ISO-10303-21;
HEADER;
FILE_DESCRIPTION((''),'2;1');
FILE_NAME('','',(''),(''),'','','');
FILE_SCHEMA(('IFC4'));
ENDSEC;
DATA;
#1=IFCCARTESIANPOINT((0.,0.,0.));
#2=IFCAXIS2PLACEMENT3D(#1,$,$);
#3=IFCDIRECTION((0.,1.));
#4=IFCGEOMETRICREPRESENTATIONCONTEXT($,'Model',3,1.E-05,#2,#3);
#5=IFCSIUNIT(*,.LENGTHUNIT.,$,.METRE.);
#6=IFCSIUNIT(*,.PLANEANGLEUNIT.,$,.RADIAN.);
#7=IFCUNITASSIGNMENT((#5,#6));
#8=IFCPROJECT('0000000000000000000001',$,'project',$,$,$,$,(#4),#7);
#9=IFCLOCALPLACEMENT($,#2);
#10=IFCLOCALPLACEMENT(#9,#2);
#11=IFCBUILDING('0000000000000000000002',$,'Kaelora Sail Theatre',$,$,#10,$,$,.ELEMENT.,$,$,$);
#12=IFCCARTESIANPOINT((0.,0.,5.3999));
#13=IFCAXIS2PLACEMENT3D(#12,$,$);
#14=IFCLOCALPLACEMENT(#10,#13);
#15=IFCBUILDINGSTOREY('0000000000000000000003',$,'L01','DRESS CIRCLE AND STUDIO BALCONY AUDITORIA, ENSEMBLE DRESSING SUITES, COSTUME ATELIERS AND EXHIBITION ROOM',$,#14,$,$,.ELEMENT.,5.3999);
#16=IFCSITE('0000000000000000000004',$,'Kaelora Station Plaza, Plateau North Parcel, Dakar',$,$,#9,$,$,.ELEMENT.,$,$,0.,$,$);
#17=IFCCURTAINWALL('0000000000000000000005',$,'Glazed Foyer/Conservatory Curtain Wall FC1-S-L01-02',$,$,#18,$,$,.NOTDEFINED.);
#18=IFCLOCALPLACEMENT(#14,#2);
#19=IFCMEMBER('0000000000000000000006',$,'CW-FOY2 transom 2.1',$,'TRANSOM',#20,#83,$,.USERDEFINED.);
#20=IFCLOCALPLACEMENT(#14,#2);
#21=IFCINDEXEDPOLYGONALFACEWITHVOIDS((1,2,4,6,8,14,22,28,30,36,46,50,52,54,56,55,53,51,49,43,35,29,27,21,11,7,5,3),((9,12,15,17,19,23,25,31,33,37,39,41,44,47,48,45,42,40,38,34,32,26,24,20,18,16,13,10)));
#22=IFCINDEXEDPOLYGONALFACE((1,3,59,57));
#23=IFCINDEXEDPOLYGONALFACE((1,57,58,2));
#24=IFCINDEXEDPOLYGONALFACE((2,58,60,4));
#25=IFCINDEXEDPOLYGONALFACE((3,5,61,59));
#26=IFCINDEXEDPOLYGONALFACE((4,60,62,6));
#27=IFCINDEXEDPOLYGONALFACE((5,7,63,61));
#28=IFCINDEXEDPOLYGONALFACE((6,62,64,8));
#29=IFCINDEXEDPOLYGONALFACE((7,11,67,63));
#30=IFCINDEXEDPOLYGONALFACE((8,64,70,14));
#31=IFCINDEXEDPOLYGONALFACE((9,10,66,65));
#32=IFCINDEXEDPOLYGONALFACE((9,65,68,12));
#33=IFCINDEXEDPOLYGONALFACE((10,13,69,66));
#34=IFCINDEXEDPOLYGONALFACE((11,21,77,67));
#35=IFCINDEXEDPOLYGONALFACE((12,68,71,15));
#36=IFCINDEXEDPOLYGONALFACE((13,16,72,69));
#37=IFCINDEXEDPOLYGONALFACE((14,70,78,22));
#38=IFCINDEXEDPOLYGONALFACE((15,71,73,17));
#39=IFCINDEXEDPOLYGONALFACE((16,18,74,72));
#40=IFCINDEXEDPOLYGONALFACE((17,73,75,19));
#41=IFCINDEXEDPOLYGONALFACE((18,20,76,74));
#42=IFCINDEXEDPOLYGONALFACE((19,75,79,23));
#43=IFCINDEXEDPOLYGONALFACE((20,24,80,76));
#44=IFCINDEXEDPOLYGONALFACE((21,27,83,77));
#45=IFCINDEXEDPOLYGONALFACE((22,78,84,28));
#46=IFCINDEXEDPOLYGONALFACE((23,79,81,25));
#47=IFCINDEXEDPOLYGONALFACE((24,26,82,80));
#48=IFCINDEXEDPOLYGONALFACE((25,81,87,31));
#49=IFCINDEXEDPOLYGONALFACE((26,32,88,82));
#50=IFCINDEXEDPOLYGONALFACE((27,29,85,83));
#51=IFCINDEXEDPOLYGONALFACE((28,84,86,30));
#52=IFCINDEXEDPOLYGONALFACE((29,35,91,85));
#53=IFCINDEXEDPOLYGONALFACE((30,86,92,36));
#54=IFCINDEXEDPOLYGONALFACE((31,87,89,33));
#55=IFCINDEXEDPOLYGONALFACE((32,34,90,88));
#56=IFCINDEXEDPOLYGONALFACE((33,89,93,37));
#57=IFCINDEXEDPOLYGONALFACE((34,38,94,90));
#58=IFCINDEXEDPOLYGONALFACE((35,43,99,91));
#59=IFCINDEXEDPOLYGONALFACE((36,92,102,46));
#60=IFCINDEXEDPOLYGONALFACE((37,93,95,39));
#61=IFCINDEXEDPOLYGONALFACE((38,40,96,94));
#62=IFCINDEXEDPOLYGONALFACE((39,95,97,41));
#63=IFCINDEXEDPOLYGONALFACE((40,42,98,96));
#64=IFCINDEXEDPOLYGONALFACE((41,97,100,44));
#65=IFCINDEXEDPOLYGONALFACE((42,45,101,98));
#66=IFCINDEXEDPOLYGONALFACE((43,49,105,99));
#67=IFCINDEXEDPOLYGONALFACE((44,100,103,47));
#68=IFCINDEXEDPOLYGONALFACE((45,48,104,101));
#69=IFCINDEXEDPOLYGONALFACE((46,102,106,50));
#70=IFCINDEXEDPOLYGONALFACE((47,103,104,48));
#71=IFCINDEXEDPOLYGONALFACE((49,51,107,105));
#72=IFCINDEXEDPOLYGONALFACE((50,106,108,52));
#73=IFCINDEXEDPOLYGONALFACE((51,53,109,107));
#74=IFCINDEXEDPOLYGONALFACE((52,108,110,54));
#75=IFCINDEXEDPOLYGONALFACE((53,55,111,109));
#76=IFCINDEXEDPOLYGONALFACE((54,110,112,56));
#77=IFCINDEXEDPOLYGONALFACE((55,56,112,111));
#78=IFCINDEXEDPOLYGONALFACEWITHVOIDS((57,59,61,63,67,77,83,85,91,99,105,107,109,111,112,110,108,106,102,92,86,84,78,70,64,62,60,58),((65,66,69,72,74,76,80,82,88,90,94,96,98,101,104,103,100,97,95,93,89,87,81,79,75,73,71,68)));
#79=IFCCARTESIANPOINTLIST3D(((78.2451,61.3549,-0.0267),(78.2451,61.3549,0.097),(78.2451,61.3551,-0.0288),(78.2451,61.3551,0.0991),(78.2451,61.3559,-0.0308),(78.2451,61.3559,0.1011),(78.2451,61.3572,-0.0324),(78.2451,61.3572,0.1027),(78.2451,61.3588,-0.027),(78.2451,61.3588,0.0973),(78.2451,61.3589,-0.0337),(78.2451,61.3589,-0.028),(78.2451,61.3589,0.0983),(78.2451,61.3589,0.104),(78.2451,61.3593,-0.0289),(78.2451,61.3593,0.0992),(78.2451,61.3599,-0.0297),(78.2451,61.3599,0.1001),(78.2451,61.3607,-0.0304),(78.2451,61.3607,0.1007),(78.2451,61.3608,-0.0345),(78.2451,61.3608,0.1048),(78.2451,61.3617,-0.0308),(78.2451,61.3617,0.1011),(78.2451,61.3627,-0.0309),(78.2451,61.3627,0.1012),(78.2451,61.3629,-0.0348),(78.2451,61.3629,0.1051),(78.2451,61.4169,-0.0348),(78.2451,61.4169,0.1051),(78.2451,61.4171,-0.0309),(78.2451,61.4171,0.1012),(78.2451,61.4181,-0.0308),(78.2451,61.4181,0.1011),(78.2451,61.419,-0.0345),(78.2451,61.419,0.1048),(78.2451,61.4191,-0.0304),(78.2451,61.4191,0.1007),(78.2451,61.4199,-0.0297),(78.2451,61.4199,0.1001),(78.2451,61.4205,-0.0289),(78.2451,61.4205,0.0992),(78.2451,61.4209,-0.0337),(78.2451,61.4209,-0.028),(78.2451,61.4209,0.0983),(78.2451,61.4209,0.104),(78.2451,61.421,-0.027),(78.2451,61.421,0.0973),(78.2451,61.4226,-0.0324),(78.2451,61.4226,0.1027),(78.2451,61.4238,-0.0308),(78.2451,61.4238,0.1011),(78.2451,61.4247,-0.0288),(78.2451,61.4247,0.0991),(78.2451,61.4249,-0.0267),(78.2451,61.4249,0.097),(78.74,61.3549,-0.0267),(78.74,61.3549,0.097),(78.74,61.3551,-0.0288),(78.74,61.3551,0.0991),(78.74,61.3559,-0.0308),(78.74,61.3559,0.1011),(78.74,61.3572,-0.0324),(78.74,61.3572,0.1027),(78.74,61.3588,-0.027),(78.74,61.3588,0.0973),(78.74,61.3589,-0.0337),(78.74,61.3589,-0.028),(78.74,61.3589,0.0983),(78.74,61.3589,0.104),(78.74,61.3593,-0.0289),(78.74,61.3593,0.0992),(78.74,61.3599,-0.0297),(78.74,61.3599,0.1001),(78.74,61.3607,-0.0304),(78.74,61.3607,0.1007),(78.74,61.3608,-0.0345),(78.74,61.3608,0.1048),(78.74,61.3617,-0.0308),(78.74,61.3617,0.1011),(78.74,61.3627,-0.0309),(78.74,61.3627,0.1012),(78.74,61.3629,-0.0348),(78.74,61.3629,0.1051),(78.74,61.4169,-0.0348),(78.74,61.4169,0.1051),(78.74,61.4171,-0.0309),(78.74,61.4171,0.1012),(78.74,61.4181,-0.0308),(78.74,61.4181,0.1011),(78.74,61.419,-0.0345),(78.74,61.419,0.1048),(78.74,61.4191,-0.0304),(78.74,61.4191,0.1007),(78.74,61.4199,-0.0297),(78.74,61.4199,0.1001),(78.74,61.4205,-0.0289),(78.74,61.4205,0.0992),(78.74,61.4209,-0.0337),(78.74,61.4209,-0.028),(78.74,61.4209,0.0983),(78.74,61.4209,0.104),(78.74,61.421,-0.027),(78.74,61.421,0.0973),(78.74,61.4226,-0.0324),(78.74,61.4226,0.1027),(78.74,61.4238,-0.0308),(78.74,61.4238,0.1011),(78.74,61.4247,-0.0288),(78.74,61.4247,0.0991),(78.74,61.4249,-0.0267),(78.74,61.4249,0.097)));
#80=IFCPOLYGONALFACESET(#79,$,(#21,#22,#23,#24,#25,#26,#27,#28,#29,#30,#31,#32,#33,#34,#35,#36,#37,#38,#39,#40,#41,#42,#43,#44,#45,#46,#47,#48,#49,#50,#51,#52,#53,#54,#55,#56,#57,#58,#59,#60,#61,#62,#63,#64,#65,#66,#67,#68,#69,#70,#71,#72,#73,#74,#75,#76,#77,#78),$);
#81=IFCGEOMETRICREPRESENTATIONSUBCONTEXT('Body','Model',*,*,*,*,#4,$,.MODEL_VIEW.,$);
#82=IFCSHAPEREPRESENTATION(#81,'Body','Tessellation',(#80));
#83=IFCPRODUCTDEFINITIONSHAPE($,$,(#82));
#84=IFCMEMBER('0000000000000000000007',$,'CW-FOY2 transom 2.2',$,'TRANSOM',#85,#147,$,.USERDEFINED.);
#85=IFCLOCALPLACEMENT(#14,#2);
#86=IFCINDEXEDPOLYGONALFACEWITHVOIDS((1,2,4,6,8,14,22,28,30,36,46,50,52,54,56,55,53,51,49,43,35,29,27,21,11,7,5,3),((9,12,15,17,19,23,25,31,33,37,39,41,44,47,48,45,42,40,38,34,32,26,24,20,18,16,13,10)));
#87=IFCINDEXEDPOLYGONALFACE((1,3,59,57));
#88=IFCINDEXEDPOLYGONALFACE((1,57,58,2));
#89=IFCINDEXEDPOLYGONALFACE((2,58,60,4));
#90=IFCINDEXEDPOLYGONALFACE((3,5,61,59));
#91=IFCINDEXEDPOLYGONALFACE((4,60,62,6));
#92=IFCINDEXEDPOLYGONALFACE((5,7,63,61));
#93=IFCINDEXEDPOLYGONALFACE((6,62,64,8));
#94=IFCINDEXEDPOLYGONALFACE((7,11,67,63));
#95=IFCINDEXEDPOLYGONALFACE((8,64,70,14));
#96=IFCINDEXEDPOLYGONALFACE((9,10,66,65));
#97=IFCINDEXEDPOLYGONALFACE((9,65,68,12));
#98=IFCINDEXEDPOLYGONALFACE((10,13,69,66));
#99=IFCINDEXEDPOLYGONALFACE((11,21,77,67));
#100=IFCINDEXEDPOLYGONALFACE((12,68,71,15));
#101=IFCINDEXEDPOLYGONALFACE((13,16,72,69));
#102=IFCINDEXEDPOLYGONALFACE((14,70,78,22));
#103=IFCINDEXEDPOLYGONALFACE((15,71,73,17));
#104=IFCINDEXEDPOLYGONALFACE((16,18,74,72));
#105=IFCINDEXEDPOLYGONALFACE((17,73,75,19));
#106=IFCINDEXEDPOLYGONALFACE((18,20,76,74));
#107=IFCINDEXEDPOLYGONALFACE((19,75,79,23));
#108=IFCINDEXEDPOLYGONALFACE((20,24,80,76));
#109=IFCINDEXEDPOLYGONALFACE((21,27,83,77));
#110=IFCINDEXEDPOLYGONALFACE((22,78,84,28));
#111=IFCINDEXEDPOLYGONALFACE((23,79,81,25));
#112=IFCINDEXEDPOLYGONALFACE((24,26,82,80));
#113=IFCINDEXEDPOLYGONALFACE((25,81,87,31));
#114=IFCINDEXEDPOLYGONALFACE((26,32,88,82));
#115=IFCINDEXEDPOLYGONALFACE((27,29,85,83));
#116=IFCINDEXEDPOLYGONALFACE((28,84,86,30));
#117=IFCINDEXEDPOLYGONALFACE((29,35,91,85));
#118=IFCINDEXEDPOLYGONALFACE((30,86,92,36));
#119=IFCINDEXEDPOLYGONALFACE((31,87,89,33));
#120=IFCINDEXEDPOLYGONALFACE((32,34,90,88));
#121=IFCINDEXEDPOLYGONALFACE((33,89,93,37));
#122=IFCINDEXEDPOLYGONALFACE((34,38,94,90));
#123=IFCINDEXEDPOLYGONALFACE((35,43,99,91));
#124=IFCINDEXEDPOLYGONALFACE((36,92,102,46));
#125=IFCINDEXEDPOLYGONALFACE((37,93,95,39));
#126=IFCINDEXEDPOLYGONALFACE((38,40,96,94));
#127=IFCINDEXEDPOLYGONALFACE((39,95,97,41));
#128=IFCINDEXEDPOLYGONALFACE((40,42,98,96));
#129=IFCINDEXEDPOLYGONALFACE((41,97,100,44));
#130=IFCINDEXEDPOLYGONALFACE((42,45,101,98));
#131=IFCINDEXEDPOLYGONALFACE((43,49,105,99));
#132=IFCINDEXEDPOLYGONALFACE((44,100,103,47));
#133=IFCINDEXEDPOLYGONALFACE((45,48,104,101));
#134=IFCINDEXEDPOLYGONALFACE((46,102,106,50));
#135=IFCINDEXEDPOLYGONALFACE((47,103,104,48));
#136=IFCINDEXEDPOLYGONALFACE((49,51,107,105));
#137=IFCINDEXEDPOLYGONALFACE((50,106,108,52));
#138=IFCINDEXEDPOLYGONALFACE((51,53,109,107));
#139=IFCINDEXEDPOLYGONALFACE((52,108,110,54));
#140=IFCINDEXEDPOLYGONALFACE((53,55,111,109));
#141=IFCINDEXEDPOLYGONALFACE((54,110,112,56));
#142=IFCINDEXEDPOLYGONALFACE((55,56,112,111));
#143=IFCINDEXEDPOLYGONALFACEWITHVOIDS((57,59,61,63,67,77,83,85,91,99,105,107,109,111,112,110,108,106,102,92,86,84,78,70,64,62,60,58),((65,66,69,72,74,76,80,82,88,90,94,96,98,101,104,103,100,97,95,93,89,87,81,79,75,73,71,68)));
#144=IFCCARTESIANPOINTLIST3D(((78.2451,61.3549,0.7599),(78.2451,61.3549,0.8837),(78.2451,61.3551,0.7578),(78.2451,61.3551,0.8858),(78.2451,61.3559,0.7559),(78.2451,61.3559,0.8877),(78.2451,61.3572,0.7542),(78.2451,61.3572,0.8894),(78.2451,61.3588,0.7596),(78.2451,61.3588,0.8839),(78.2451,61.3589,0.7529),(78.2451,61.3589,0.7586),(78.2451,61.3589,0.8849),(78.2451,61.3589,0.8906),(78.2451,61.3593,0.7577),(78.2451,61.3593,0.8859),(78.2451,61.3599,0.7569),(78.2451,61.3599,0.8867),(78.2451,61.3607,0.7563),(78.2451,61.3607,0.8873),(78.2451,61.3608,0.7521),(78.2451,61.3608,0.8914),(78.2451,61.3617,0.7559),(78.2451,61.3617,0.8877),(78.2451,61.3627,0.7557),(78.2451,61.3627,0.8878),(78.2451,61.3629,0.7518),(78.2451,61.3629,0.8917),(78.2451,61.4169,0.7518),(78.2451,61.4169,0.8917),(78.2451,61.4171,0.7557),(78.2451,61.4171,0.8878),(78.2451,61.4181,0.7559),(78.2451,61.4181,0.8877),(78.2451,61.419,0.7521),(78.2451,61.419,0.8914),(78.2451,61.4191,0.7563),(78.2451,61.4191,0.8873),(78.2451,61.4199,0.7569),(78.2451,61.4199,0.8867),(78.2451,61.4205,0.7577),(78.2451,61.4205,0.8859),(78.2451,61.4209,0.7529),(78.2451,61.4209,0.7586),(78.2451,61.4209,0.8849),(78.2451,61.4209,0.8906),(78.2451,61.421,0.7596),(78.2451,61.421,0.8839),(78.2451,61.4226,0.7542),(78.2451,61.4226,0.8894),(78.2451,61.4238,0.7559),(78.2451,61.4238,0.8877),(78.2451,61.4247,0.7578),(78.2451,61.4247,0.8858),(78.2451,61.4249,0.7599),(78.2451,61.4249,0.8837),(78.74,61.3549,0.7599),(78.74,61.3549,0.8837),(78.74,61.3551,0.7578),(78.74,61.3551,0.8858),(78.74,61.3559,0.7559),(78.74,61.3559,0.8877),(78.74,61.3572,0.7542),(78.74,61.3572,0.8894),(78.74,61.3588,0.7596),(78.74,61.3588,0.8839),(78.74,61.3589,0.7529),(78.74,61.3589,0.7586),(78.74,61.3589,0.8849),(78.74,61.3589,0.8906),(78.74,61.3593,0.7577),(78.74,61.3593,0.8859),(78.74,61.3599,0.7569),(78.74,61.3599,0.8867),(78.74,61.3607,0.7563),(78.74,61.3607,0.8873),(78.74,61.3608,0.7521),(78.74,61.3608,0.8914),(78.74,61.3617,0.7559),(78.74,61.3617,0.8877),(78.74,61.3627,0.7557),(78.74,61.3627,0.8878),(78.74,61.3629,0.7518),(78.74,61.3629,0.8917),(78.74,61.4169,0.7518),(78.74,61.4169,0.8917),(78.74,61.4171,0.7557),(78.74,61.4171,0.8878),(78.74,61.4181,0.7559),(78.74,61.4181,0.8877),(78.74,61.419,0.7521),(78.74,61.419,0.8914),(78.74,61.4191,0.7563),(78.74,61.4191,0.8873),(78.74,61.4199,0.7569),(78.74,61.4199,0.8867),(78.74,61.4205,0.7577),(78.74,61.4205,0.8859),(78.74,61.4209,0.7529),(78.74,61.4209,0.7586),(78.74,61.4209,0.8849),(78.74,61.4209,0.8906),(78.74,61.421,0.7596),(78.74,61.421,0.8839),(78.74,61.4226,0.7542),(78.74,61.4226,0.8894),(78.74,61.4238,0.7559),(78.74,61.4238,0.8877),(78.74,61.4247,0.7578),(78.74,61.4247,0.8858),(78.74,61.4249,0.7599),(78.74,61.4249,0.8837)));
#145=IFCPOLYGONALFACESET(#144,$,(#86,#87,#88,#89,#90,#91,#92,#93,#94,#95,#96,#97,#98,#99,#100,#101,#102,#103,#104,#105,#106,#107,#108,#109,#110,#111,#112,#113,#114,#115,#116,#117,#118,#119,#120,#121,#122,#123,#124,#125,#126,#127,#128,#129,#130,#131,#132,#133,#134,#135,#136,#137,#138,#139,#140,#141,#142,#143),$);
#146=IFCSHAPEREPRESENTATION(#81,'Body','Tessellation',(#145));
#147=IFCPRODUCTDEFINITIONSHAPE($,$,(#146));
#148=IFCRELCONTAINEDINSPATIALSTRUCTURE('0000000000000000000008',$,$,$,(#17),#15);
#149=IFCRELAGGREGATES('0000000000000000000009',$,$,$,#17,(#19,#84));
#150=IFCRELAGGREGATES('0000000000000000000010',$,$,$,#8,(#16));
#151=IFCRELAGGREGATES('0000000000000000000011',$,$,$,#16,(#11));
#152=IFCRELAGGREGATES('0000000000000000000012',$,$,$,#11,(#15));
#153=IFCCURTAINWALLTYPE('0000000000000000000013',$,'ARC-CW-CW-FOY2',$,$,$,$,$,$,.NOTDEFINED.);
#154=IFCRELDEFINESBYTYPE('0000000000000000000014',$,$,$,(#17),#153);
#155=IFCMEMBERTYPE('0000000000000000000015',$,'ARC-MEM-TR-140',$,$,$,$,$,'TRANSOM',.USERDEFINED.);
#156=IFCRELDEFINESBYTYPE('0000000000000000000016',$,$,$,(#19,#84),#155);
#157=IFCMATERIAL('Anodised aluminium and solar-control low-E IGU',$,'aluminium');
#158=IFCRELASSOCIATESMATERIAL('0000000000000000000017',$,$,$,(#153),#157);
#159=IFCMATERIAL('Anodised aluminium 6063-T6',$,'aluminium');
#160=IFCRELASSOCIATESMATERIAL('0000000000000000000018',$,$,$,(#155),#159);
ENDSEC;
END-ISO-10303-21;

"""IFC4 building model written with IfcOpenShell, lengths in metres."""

from ifc_helpers import new_model, si_unit, direction, frame, origin, origin_2d, place, context, subcontext, project, spatial, hollow_rectangle, extrude, material, material_profile, profile_set, type_object, element, aggregate, save


model = new_model("IFC4")

# Units and contexts
model_context = context("Model", 3, precision=1e-05, world=origin(), true_north=direction((0.0, 1.0)))
body_context = subcontext(model_context, "Body", "Model", "MODEL_VIEW")
ifc_project = project(units=[si_unit("LENGTHUNIT", "METRE"), si_unit("PLANEANGLEUNIT", "RADIAN")], contexts=[model_context])

# Site, building, storey
site_placement = place(None, origin())
site = spatial("IfcSite", under=ifc_project, at=site_placement, Name="Kaelora Station Plaza, Plateau North Parcel, Dakar", CompositionType="ELEMENT", RefElevation=0.0)
building_placement = place(site_placement, origin())
building = spatial("IfcBuilding", under=site, at=building_placement, Name="Kaelora Sail Theatre", CompositionType="ELEMENT")
storey_placement = place(building_placement, frame((0.0, 0.0, 5.3999)))
storey = spatial("IfcBuildingStorey", under=building, at=storey_placement, Name="L01", Description="DRESS CIRCLE AND STUDIO BALCONY AUDITORIA, ENSEMBLE DRESSING SUITES, COSTUME ATELIERS AND EXHIBITION ROOM", CompositionType="ELEMENT", Elevation=5.3999)

# Curtain wall
ifc_material_1 = material(Name="Anodised aluminium and solar-control low-E IGU", Category="aluminium")
curtain_wall_type = type_object("IfcCurtainWallType", Name="ARC-CW-CW-FOY2", PredefinedType="NOTDEFINED", material=ifc_material_1)
curtain_wall_1_placement = place(storey_placement, origin())
curtain_wall_1 = element("IfcCurtainWall", 1, at=curtain_wall_1_placement, inside=storey, type_object=curtain_wall_type, Name="Glazed Foyer/Conservatory Curtain Wall FC1-S-L01-02", PredefinedType="NOTDEFINED")

# Members
ifc_material_2 = material(Name="Anodised aluminium 6063-T6", Category="aluminium")
ifc_material_profile_1 = material_profile(ifc_material_2, hollow_rectangle(XDim=0.0701, YDim=0.1399, WallThickness=0.0039, InnerFilletRadius=0.0039, OuterFilletRadius=0.0081, at=origin_2d()), Name="ALU-TRAN 70x140x4")
ifc_profile_set_1 = profile_set([ifc_material_profile_1], Name="Anodised aluminium 6063-T6")
member_type_1 = type_object("IfcMemberType", Name="ARC-MEM-TR-140", ElementType="TRANSOM", PredefinedType="USERDEFINED", material=ifc_profile_set_1)
member_1_placement = place(storey_placement, frame((78.2451, 61.3899, 0.0352), z_axis=(1.0, 0.0, 0.0), x_axis=(0.0, 1.0, 0.0)))
member_1 = element("IfcMember", 2, at=member_1_placement, type_object=member_type_1, Name="CW-FOY2 transom 2.1", ObjectType="TRANSOM", PredefinedType="USERDEFINED", context=body_context, shape_type="SweptSolid", body=[
    extrude(hollow_rectangle(XDim=0.0701, YDim=0.1399, WallThickness=0.0039, InnerFilletRadius=0.0039, OuterFilletRadius=0.0081, at=origin_2d()), origin(), (0.0, 0.0, 1.0), 0.4949),
])
member_2_placement = place(storey_placement, frame((78.2451, 61.3899, 0.8218), z_axis=(1.0, 0.0, 0.0), x_axis=(0.0, 1.0, 0.0)))
member_2 = element("IfcMember", 3, at=member_2_placement, type_object=member_type_1, Name="CW-FOY2 transom 2.2", ObjectType="TRANSOM", PredefinedType="USERDEFINED", context=body_context, shape_type="SweptSolid", body=[
    extrude(hollow_rectangle(XDim=0.0701, YDim=0.1399, WallThickness=0.0039, InnerFilletRadius=0.0039, OuterFilletRadius=0.0081, at=origin_2d()), origin(), (0.0, 0.0, 1.0), 0.4949),
])

aggregate(curtain_wall_1, [member_1, member_2])

save(model, "model.ifc")
